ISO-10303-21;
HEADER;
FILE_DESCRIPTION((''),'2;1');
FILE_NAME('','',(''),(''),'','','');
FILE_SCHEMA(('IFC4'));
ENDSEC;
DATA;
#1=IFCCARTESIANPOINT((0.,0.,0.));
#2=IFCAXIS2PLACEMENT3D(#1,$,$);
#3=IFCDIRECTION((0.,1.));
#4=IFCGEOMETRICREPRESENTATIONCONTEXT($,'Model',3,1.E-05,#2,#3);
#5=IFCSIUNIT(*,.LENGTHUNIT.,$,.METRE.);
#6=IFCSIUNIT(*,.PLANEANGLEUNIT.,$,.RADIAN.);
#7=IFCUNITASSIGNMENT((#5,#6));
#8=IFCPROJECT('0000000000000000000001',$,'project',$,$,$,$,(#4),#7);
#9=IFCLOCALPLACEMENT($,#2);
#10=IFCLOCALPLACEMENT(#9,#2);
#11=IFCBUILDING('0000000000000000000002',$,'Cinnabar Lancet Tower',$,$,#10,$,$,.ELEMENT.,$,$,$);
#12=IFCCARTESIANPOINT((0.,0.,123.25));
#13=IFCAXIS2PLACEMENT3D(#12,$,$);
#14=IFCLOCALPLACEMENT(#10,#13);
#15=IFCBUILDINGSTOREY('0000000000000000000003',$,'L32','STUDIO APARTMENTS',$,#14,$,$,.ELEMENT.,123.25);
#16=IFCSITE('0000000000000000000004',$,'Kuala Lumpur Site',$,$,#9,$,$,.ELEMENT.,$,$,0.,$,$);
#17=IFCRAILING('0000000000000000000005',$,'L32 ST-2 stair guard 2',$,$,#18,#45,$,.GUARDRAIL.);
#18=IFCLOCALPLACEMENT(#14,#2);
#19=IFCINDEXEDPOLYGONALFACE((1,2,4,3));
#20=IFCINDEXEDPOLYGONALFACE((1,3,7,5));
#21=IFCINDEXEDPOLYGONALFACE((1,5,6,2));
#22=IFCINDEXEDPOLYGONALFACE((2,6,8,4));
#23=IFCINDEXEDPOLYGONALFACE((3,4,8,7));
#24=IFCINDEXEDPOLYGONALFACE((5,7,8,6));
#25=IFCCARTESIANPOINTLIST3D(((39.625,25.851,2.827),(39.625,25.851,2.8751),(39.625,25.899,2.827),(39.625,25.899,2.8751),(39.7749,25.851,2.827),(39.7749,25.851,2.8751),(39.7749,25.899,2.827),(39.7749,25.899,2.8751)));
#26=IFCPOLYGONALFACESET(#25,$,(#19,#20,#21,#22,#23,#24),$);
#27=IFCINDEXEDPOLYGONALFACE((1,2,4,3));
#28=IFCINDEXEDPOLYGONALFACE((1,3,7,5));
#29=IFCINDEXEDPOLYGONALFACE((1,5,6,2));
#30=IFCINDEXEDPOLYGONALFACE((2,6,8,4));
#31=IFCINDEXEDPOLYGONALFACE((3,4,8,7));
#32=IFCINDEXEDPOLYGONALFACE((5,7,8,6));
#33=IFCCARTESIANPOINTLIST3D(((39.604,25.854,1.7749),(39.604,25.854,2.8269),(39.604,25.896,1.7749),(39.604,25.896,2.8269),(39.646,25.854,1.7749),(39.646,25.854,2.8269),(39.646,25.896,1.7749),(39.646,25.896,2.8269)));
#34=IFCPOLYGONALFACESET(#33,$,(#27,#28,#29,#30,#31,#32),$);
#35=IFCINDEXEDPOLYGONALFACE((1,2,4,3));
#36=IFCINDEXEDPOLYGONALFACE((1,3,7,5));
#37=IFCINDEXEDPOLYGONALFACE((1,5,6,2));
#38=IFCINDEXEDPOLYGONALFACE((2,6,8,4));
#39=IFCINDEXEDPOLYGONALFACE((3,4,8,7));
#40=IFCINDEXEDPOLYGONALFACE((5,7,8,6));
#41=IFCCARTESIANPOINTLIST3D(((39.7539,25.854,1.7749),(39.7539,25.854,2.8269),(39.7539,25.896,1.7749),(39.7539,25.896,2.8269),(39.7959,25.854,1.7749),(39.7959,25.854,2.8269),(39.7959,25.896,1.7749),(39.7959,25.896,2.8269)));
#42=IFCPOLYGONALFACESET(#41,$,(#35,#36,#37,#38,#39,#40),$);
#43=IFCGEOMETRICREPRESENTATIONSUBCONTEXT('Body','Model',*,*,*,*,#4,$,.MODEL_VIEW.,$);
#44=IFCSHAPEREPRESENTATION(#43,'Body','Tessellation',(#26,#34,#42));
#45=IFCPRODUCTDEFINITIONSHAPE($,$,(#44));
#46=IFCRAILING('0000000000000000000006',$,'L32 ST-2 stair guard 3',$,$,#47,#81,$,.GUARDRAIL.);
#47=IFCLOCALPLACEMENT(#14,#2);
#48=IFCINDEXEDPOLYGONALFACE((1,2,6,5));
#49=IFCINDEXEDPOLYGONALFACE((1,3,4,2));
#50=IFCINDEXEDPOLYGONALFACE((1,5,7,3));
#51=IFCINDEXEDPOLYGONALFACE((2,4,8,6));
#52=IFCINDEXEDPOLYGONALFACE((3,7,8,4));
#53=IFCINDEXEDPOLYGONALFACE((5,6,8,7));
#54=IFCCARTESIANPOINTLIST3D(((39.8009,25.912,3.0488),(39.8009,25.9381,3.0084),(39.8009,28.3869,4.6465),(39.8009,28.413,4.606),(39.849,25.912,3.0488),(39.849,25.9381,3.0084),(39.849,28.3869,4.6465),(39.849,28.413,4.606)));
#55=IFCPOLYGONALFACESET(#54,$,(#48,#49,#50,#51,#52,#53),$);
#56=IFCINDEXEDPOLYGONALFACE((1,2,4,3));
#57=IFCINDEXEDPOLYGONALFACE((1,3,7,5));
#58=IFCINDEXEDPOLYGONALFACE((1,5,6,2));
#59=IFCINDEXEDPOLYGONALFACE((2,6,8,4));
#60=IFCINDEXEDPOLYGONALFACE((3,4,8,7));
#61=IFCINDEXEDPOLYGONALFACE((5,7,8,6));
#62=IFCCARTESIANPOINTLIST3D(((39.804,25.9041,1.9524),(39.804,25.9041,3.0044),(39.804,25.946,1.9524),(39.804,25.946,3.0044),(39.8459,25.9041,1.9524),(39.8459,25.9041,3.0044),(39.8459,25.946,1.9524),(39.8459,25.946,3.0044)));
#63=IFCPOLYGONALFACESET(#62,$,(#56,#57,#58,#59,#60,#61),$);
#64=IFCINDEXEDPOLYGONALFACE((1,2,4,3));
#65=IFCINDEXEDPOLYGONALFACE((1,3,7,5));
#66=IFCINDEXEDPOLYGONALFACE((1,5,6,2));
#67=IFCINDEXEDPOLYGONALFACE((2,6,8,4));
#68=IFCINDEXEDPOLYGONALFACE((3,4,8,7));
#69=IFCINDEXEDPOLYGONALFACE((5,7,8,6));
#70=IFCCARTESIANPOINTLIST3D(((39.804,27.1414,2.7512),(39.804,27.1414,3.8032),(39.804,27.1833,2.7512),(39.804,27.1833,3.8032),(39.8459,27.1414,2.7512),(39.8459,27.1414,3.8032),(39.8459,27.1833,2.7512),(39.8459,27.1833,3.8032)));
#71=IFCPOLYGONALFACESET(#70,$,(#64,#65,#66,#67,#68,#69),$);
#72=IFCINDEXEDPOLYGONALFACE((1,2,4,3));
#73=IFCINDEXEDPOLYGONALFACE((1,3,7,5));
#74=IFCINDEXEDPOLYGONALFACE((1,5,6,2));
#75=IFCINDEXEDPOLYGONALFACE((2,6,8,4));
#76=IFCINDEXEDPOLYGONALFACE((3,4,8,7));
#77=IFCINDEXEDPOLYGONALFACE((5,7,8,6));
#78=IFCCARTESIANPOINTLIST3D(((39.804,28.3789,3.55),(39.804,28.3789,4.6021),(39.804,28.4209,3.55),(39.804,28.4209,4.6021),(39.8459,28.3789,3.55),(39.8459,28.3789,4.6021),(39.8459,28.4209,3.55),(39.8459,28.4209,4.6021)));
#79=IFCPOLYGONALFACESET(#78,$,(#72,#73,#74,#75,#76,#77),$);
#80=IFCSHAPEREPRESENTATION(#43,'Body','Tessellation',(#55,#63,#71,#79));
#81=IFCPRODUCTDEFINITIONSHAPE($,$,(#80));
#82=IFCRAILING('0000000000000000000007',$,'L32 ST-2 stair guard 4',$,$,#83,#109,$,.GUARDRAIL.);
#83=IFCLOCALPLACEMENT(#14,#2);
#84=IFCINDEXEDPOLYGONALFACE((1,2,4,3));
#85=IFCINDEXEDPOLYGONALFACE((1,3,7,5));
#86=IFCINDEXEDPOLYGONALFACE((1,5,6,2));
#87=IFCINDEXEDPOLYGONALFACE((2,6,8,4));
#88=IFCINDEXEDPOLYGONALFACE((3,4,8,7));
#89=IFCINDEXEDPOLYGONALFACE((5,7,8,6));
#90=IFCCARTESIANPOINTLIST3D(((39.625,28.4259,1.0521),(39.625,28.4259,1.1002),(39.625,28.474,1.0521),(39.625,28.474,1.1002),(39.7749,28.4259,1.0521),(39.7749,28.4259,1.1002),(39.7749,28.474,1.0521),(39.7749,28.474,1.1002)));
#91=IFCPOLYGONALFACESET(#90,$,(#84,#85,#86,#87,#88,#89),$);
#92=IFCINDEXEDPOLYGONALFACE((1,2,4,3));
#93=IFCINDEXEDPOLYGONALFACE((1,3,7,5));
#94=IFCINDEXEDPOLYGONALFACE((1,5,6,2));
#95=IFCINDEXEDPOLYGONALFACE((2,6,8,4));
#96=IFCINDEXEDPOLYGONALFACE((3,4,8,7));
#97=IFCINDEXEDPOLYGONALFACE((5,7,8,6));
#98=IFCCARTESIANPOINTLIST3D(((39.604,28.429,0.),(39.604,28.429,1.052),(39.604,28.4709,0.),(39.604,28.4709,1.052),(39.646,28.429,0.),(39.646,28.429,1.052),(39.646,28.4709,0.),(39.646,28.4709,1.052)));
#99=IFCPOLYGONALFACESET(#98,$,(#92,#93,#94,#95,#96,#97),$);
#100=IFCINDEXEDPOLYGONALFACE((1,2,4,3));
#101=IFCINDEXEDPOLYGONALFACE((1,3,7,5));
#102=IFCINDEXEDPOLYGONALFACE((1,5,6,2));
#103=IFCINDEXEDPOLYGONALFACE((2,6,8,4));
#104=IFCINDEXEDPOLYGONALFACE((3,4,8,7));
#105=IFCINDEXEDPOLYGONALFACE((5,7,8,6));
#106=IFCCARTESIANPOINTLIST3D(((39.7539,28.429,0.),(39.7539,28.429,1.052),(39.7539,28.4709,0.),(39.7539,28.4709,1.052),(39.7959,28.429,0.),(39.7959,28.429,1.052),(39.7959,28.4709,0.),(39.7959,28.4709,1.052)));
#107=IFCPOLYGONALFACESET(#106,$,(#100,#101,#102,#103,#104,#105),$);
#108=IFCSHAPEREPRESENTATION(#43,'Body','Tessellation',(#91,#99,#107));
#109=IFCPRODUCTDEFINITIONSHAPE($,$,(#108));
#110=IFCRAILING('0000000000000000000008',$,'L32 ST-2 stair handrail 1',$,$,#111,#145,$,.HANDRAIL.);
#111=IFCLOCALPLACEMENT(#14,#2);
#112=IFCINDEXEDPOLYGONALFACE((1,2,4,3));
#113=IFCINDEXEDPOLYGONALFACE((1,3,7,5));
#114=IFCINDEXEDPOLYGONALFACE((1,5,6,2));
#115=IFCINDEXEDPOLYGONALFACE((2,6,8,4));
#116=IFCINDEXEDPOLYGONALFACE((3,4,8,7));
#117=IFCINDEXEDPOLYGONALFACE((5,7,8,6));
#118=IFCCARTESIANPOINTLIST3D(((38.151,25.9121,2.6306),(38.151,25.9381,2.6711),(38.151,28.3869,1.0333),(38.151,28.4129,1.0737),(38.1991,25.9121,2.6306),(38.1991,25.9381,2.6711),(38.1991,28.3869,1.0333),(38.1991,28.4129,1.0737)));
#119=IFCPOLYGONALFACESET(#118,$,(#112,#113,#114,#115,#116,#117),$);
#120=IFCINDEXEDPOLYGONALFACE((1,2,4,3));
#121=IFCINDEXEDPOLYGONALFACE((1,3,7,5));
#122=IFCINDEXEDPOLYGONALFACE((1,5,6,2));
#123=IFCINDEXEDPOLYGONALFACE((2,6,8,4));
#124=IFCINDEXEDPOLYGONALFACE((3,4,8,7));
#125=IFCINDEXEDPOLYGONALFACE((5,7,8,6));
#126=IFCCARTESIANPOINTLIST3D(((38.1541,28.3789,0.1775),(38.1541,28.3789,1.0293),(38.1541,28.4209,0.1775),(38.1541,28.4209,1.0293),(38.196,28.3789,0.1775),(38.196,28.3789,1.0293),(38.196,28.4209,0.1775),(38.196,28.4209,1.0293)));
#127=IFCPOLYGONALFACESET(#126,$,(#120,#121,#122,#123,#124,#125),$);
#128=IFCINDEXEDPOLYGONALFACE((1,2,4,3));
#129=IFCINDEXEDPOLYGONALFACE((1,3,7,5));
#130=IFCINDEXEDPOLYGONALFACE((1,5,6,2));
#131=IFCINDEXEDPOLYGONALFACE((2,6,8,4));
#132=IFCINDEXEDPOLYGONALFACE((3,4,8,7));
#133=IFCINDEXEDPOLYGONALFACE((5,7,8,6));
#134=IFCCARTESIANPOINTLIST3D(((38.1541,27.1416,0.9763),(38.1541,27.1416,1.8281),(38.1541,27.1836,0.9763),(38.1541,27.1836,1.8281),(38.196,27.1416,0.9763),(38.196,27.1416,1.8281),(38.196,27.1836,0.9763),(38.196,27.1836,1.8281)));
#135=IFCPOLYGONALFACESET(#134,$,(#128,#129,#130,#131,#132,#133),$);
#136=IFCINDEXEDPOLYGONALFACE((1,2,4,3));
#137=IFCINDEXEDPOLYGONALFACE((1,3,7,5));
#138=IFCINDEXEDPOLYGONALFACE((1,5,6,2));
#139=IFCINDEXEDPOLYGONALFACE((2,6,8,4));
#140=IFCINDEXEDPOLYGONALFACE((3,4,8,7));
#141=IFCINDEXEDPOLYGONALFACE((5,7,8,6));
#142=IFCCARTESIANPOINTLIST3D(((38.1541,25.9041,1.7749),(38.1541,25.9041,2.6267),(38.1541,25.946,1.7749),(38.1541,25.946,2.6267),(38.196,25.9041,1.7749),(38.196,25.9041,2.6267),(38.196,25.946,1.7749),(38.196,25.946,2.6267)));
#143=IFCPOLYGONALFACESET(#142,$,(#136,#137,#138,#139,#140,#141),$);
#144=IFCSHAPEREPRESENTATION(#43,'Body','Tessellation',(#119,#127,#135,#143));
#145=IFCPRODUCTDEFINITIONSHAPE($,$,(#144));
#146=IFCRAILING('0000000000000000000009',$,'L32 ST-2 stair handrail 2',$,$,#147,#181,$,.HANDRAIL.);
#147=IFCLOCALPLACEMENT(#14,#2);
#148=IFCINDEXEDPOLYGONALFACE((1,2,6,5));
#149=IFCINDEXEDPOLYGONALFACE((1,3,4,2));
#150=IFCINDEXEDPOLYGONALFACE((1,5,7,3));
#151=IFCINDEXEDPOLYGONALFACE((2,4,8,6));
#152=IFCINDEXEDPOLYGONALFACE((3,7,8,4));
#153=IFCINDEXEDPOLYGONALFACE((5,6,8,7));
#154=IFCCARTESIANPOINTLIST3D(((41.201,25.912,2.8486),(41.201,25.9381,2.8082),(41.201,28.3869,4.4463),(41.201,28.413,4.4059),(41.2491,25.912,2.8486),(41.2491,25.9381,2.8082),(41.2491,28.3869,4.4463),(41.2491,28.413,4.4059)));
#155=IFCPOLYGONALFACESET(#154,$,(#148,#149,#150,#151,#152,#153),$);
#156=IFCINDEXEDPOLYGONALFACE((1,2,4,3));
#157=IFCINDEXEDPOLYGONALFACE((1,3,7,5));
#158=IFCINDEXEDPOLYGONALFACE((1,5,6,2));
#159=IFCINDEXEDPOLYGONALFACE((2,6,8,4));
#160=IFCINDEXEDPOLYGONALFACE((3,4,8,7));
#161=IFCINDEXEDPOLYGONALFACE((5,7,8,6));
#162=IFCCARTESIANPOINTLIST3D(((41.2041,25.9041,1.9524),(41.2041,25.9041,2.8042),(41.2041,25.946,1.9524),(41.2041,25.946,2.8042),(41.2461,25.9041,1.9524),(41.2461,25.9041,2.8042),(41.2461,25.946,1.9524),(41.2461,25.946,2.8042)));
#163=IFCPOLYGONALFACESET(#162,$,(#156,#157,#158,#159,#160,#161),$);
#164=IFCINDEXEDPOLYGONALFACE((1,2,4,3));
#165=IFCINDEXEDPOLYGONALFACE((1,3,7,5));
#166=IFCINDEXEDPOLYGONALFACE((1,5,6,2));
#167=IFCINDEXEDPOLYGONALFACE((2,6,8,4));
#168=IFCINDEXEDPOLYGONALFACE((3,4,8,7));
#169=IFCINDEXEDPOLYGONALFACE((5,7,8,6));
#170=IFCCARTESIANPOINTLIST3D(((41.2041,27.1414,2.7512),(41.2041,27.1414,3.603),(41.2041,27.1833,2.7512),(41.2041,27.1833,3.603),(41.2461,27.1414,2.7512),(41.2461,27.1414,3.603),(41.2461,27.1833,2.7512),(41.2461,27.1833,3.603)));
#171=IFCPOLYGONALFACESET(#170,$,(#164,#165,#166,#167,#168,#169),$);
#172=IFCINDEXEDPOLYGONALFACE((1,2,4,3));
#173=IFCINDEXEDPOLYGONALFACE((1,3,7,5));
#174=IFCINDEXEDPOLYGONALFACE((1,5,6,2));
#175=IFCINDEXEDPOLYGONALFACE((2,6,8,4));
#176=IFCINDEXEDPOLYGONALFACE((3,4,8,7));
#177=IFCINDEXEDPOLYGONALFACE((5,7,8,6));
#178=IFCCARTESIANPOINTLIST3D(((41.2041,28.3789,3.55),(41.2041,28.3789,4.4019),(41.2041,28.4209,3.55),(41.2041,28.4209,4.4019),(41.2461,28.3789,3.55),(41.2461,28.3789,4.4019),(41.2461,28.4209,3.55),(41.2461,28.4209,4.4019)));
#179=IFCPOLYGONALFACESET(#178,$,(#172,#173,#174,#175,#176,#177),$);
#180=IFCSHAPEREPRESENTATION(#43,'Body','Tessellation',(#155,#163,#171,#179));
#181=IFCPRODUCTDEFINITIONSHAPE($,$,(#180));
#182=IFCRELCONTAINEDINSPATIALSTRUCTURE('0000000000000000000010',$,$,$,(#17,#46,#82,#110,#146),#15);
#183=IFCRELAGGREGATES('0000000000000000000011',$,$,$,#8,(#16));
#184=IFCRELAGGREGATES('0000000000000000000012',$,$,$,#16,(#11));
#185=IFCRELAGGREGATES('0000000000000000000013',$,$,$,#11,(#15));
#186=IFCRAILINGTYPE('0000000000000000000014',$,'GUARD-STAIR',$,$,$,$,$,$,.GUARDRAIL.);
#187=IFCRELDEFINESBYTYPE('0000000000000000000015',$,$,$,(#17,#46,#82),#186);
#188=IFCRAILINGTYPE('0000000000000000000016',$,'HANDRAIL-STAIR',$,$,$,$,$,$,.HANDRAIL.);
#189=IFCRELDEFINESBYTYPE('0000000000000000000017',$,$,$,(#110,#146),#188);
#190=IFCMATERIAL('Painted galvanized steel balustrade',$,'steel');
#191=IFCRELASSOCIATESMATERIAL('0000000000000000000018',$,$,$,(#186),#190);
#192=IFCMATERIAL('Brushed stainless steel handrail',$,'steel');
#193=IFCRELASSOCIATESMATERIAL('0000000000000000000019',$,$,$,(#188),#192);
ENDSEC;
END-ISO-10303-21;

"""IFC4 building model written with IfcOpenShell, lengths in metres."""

from ifc_helpers import new_model, si_unit, direction, frame, origin, origin_2d, place, context, subcontext, project, spatial, rectangle, extrude, material, type_object, element, save


model = new_model("IFC4")

# Units and contexts
model_context = context("Model", 3, precision=1e-05, world=origin(), true_north=direction((0.0, 1.0)))
body_context = subcontext(model_context, "Body", "Model", "MODEL_VIEW")
ifc_project = project(units=[si_unit("LENGTHUNIT", "METRE"), si_unit("PLANEANGLEUNIT", "RADIAN")], contexts=[model_context])

# Site, building, storey
site_placement = place(None, origin())
site = spatial("IfcSite", under=ifc_project, at=site_placement, Name="Kuala Lumpur Site", CompositionType="ELEMENT", RefElevation=0.0)
building_placement = place(site_placement, origin())
building = spatial("IfcBuilding", under=site, at=building_placement, Name="Cinnabar Lancet Tower", CompositionType="ELEMENT")
storey_placement = place(building_placement, frame((0.0, 0.0, 123.25)))
storey = spatial("IfcBuildingStorey", under=building, at=storey_placement, Name="L32", Description="STUDIO APARTMENTS", CompositionType="ELEMENT", Elevation=123.25)

# Railings
ifc_material_1 = material(Name="Painted galvanized steel balustrade", Category="steel")
railing_type_1 = type_object("IfcRailingType", Name="GUARD-STAIR", PredefinedType="GUARDRAIL", material=ifc_material_1)
railing_1_placement = place(storey_placement, frame((39.625, 25.875, 1.7749)))
element("IfcRailing", 1, at=railing_1_placement, inside=storey, type_object=railing_type_1, Name="L32 ST-2 stair guard 2", PredefinedType="GUARDRAIL", context=body_context, shape_type="SweptSolid", body=[
    extrude(rectangle(XDim=0.0481, YDim=0.0481, at=origin_2d()), frame((0.0, 0.0, 1.0762), z_axis=(1.0, 0.0, 0.0), x_axis=(0.0, 1.0, 0.0)), (0.0, 0.0, 1.0), 0.1499),
    extrude(rectangle(XDim=0.042, YDim=0.042, at=origin_2d()), origin(), (0.0, 0.0, 1.0), 1.052),
    extrude(rectangle(XDim=0.042, YDim=0.042, at=origin_2d()), frame((0.1499, 0.0, 0.0)), (0.0, 0.0, 1.0), 1.052),
])
railing_2_placement = place(storey_placement, frame((39.825, 25.925, 1.9524)))
element("IfcRailing", 2, at=railing_2_placement, inside=storey, type_object=railing_type_1, Name="L32 ST-2 stair guard 3", PredefinedType="GUARDRAIL", context=body_context, shape_type="SweptSolid", body=[
    extrude(rectangle(XDim=0.0481, YDim=0.0481, at=origin_2d()), frame((0.0, 0.0, 1.0762), z_axis=(0.0, 0.840146, 0.542361), x_axis=(-1.0, 0.0, 0.0)), (0.0, 0.0, 1.0), 2.9458),
    extrude(rectangle(XDim=0.042, YDim=0.042, at=origin_2d()), origin(), (0.0, 0.0, 1.0), 1.052),
    extrude(rectangle(XDim=0.042, YDim=0.042, at=origin_2d()), frame((0.0, 1.2373, 0.7988)), (0.0, 0.0, 1.0), 1.052),
    extrude(rectangle(XDim=0.042, YDim=0.042, at=origin_2d()), frame((0.0, 2.4749, 1.5977)), (0.0, 0.0, 1.0), 1.052),
])
railing_3_placement = place(storey_placement, frame((39.625, 28.45, 0.0)))
element("IfcRailing", 3, at=railing_3_placement, inside=storey, type_object=railing_type_1, Name="L32 ST-2 stair guard 4", PredefinedType="GUARDRAIL", context=body_context, shape_type="SweptSolid", body=[
    extrude(rectangle(XDim=0.0481, YDim=0.0481, at=origin_2d()), frame((0.0, 0.0, 1.0762), z_axis=(1.0, 0.0, 0.0), x_axis=(0.0, 1.0, 0.0)), (0.0, 0.0, 1.0), 0.1499),
    extrude(rectangle(XDim=0.042, YDim=0.042, at=origin_2d()), origin(), (0.0, 0.0, 1.0), 1.052),
    extrude(rectangle(XDim=0.042, YDim=0.042, at=origin_2d()), frame((0.1499, 0.0, 0.0)), (0.0, 0.0, 1.0), 1.052),
])
ifc_material_2 = material(Name="Brushed stainless steel handrail", Category="steel")
railing_type_2 = type_object("IfcRailingType", Name="HANDRAIL-STAIR", PredefinedType="HANDRAIL", material=ifc_material_2)
railing_4_placement = place(storey_placement, frame((38.175, 28.3999, 0.1775)))
element("IfcRailing", 4, at=railing_4_placement, inside=storey, type_object=railing_type_2, Name="L32 ST-2 stair handrail 1", PredefinedType="HANDRAIL", context=body_context, shape_type="SweptSolid", body=[
    extrude(rectangle(XDim=0.0481, YDim=0.0481, at=origin_2d()), frame((0.0, 0.0, 0.876), z_axis=(0.0, -0.840183, 0.542302), x_axis=(1.0, 0.0, 0.0)), (0.0, 0.0, 1.0), 2.9456),
    extrude(rectangle(XDim=0.042, YDim=0.042, at=origin_2d()), origin(), (0.0, 0.0, 1.0), 0.8518),
    extrude(rectangle(XDim=0.042, YDim=0.042, at=origin_2d()), frame((0.0, -1.2373, 0.7988)), (0.0, 0.0, 1.0), 0.8518),
    extrude(rectangle(XDim=0.042, YDim=0.042, at=origin_2d()), frame((0.0, -2.4749, 1.5974)), (0.0, 0.0, 1.0), 0.8518),
])
railing_5_placement = place(storey_placement, frame((41.2251, 25.925, 1.9524)))
element("IfcRailing", 5, at=railing_5_placement, inside=storey, type_object=railing_type_2, Name="L32 ST-2 stair handrail 2", PredefinedType="HANDRAIL", context=body_context, shape_type="SweptSolid", body=[
    extrude(rectangle(XDim=0.0481, YDim=0.0481, at=origin_2d()), frame((0.0, 0.0, 0.876), z_axis=(0.0, 0.840146, 0.542361), x_axis=(-1.0, 0.0, 0.0)), (0.0, 0.0, 1.0), 2.9458),
    extrude(rectangle(XDim=0.042, YDim=0.042, at=origin_2d()), origin(), (0.0, 0.0, 1.0), 0.8518),
    extrude(rectangle(XDim=0.042, YDim=0.042, at=origin_2d()), frame((0.0, 1.2373, 0.7988)), (0.0, 0.0, 1.0), 0.8518),
    extrude(rectangle(XDim=0.042, YDim=0.042, at=origin_2d()), frame((0.0, 2.4749, 1.5977)), (0.0, 0.0, 1.0), 0.8518),
])

save(model, "model.ifc")
